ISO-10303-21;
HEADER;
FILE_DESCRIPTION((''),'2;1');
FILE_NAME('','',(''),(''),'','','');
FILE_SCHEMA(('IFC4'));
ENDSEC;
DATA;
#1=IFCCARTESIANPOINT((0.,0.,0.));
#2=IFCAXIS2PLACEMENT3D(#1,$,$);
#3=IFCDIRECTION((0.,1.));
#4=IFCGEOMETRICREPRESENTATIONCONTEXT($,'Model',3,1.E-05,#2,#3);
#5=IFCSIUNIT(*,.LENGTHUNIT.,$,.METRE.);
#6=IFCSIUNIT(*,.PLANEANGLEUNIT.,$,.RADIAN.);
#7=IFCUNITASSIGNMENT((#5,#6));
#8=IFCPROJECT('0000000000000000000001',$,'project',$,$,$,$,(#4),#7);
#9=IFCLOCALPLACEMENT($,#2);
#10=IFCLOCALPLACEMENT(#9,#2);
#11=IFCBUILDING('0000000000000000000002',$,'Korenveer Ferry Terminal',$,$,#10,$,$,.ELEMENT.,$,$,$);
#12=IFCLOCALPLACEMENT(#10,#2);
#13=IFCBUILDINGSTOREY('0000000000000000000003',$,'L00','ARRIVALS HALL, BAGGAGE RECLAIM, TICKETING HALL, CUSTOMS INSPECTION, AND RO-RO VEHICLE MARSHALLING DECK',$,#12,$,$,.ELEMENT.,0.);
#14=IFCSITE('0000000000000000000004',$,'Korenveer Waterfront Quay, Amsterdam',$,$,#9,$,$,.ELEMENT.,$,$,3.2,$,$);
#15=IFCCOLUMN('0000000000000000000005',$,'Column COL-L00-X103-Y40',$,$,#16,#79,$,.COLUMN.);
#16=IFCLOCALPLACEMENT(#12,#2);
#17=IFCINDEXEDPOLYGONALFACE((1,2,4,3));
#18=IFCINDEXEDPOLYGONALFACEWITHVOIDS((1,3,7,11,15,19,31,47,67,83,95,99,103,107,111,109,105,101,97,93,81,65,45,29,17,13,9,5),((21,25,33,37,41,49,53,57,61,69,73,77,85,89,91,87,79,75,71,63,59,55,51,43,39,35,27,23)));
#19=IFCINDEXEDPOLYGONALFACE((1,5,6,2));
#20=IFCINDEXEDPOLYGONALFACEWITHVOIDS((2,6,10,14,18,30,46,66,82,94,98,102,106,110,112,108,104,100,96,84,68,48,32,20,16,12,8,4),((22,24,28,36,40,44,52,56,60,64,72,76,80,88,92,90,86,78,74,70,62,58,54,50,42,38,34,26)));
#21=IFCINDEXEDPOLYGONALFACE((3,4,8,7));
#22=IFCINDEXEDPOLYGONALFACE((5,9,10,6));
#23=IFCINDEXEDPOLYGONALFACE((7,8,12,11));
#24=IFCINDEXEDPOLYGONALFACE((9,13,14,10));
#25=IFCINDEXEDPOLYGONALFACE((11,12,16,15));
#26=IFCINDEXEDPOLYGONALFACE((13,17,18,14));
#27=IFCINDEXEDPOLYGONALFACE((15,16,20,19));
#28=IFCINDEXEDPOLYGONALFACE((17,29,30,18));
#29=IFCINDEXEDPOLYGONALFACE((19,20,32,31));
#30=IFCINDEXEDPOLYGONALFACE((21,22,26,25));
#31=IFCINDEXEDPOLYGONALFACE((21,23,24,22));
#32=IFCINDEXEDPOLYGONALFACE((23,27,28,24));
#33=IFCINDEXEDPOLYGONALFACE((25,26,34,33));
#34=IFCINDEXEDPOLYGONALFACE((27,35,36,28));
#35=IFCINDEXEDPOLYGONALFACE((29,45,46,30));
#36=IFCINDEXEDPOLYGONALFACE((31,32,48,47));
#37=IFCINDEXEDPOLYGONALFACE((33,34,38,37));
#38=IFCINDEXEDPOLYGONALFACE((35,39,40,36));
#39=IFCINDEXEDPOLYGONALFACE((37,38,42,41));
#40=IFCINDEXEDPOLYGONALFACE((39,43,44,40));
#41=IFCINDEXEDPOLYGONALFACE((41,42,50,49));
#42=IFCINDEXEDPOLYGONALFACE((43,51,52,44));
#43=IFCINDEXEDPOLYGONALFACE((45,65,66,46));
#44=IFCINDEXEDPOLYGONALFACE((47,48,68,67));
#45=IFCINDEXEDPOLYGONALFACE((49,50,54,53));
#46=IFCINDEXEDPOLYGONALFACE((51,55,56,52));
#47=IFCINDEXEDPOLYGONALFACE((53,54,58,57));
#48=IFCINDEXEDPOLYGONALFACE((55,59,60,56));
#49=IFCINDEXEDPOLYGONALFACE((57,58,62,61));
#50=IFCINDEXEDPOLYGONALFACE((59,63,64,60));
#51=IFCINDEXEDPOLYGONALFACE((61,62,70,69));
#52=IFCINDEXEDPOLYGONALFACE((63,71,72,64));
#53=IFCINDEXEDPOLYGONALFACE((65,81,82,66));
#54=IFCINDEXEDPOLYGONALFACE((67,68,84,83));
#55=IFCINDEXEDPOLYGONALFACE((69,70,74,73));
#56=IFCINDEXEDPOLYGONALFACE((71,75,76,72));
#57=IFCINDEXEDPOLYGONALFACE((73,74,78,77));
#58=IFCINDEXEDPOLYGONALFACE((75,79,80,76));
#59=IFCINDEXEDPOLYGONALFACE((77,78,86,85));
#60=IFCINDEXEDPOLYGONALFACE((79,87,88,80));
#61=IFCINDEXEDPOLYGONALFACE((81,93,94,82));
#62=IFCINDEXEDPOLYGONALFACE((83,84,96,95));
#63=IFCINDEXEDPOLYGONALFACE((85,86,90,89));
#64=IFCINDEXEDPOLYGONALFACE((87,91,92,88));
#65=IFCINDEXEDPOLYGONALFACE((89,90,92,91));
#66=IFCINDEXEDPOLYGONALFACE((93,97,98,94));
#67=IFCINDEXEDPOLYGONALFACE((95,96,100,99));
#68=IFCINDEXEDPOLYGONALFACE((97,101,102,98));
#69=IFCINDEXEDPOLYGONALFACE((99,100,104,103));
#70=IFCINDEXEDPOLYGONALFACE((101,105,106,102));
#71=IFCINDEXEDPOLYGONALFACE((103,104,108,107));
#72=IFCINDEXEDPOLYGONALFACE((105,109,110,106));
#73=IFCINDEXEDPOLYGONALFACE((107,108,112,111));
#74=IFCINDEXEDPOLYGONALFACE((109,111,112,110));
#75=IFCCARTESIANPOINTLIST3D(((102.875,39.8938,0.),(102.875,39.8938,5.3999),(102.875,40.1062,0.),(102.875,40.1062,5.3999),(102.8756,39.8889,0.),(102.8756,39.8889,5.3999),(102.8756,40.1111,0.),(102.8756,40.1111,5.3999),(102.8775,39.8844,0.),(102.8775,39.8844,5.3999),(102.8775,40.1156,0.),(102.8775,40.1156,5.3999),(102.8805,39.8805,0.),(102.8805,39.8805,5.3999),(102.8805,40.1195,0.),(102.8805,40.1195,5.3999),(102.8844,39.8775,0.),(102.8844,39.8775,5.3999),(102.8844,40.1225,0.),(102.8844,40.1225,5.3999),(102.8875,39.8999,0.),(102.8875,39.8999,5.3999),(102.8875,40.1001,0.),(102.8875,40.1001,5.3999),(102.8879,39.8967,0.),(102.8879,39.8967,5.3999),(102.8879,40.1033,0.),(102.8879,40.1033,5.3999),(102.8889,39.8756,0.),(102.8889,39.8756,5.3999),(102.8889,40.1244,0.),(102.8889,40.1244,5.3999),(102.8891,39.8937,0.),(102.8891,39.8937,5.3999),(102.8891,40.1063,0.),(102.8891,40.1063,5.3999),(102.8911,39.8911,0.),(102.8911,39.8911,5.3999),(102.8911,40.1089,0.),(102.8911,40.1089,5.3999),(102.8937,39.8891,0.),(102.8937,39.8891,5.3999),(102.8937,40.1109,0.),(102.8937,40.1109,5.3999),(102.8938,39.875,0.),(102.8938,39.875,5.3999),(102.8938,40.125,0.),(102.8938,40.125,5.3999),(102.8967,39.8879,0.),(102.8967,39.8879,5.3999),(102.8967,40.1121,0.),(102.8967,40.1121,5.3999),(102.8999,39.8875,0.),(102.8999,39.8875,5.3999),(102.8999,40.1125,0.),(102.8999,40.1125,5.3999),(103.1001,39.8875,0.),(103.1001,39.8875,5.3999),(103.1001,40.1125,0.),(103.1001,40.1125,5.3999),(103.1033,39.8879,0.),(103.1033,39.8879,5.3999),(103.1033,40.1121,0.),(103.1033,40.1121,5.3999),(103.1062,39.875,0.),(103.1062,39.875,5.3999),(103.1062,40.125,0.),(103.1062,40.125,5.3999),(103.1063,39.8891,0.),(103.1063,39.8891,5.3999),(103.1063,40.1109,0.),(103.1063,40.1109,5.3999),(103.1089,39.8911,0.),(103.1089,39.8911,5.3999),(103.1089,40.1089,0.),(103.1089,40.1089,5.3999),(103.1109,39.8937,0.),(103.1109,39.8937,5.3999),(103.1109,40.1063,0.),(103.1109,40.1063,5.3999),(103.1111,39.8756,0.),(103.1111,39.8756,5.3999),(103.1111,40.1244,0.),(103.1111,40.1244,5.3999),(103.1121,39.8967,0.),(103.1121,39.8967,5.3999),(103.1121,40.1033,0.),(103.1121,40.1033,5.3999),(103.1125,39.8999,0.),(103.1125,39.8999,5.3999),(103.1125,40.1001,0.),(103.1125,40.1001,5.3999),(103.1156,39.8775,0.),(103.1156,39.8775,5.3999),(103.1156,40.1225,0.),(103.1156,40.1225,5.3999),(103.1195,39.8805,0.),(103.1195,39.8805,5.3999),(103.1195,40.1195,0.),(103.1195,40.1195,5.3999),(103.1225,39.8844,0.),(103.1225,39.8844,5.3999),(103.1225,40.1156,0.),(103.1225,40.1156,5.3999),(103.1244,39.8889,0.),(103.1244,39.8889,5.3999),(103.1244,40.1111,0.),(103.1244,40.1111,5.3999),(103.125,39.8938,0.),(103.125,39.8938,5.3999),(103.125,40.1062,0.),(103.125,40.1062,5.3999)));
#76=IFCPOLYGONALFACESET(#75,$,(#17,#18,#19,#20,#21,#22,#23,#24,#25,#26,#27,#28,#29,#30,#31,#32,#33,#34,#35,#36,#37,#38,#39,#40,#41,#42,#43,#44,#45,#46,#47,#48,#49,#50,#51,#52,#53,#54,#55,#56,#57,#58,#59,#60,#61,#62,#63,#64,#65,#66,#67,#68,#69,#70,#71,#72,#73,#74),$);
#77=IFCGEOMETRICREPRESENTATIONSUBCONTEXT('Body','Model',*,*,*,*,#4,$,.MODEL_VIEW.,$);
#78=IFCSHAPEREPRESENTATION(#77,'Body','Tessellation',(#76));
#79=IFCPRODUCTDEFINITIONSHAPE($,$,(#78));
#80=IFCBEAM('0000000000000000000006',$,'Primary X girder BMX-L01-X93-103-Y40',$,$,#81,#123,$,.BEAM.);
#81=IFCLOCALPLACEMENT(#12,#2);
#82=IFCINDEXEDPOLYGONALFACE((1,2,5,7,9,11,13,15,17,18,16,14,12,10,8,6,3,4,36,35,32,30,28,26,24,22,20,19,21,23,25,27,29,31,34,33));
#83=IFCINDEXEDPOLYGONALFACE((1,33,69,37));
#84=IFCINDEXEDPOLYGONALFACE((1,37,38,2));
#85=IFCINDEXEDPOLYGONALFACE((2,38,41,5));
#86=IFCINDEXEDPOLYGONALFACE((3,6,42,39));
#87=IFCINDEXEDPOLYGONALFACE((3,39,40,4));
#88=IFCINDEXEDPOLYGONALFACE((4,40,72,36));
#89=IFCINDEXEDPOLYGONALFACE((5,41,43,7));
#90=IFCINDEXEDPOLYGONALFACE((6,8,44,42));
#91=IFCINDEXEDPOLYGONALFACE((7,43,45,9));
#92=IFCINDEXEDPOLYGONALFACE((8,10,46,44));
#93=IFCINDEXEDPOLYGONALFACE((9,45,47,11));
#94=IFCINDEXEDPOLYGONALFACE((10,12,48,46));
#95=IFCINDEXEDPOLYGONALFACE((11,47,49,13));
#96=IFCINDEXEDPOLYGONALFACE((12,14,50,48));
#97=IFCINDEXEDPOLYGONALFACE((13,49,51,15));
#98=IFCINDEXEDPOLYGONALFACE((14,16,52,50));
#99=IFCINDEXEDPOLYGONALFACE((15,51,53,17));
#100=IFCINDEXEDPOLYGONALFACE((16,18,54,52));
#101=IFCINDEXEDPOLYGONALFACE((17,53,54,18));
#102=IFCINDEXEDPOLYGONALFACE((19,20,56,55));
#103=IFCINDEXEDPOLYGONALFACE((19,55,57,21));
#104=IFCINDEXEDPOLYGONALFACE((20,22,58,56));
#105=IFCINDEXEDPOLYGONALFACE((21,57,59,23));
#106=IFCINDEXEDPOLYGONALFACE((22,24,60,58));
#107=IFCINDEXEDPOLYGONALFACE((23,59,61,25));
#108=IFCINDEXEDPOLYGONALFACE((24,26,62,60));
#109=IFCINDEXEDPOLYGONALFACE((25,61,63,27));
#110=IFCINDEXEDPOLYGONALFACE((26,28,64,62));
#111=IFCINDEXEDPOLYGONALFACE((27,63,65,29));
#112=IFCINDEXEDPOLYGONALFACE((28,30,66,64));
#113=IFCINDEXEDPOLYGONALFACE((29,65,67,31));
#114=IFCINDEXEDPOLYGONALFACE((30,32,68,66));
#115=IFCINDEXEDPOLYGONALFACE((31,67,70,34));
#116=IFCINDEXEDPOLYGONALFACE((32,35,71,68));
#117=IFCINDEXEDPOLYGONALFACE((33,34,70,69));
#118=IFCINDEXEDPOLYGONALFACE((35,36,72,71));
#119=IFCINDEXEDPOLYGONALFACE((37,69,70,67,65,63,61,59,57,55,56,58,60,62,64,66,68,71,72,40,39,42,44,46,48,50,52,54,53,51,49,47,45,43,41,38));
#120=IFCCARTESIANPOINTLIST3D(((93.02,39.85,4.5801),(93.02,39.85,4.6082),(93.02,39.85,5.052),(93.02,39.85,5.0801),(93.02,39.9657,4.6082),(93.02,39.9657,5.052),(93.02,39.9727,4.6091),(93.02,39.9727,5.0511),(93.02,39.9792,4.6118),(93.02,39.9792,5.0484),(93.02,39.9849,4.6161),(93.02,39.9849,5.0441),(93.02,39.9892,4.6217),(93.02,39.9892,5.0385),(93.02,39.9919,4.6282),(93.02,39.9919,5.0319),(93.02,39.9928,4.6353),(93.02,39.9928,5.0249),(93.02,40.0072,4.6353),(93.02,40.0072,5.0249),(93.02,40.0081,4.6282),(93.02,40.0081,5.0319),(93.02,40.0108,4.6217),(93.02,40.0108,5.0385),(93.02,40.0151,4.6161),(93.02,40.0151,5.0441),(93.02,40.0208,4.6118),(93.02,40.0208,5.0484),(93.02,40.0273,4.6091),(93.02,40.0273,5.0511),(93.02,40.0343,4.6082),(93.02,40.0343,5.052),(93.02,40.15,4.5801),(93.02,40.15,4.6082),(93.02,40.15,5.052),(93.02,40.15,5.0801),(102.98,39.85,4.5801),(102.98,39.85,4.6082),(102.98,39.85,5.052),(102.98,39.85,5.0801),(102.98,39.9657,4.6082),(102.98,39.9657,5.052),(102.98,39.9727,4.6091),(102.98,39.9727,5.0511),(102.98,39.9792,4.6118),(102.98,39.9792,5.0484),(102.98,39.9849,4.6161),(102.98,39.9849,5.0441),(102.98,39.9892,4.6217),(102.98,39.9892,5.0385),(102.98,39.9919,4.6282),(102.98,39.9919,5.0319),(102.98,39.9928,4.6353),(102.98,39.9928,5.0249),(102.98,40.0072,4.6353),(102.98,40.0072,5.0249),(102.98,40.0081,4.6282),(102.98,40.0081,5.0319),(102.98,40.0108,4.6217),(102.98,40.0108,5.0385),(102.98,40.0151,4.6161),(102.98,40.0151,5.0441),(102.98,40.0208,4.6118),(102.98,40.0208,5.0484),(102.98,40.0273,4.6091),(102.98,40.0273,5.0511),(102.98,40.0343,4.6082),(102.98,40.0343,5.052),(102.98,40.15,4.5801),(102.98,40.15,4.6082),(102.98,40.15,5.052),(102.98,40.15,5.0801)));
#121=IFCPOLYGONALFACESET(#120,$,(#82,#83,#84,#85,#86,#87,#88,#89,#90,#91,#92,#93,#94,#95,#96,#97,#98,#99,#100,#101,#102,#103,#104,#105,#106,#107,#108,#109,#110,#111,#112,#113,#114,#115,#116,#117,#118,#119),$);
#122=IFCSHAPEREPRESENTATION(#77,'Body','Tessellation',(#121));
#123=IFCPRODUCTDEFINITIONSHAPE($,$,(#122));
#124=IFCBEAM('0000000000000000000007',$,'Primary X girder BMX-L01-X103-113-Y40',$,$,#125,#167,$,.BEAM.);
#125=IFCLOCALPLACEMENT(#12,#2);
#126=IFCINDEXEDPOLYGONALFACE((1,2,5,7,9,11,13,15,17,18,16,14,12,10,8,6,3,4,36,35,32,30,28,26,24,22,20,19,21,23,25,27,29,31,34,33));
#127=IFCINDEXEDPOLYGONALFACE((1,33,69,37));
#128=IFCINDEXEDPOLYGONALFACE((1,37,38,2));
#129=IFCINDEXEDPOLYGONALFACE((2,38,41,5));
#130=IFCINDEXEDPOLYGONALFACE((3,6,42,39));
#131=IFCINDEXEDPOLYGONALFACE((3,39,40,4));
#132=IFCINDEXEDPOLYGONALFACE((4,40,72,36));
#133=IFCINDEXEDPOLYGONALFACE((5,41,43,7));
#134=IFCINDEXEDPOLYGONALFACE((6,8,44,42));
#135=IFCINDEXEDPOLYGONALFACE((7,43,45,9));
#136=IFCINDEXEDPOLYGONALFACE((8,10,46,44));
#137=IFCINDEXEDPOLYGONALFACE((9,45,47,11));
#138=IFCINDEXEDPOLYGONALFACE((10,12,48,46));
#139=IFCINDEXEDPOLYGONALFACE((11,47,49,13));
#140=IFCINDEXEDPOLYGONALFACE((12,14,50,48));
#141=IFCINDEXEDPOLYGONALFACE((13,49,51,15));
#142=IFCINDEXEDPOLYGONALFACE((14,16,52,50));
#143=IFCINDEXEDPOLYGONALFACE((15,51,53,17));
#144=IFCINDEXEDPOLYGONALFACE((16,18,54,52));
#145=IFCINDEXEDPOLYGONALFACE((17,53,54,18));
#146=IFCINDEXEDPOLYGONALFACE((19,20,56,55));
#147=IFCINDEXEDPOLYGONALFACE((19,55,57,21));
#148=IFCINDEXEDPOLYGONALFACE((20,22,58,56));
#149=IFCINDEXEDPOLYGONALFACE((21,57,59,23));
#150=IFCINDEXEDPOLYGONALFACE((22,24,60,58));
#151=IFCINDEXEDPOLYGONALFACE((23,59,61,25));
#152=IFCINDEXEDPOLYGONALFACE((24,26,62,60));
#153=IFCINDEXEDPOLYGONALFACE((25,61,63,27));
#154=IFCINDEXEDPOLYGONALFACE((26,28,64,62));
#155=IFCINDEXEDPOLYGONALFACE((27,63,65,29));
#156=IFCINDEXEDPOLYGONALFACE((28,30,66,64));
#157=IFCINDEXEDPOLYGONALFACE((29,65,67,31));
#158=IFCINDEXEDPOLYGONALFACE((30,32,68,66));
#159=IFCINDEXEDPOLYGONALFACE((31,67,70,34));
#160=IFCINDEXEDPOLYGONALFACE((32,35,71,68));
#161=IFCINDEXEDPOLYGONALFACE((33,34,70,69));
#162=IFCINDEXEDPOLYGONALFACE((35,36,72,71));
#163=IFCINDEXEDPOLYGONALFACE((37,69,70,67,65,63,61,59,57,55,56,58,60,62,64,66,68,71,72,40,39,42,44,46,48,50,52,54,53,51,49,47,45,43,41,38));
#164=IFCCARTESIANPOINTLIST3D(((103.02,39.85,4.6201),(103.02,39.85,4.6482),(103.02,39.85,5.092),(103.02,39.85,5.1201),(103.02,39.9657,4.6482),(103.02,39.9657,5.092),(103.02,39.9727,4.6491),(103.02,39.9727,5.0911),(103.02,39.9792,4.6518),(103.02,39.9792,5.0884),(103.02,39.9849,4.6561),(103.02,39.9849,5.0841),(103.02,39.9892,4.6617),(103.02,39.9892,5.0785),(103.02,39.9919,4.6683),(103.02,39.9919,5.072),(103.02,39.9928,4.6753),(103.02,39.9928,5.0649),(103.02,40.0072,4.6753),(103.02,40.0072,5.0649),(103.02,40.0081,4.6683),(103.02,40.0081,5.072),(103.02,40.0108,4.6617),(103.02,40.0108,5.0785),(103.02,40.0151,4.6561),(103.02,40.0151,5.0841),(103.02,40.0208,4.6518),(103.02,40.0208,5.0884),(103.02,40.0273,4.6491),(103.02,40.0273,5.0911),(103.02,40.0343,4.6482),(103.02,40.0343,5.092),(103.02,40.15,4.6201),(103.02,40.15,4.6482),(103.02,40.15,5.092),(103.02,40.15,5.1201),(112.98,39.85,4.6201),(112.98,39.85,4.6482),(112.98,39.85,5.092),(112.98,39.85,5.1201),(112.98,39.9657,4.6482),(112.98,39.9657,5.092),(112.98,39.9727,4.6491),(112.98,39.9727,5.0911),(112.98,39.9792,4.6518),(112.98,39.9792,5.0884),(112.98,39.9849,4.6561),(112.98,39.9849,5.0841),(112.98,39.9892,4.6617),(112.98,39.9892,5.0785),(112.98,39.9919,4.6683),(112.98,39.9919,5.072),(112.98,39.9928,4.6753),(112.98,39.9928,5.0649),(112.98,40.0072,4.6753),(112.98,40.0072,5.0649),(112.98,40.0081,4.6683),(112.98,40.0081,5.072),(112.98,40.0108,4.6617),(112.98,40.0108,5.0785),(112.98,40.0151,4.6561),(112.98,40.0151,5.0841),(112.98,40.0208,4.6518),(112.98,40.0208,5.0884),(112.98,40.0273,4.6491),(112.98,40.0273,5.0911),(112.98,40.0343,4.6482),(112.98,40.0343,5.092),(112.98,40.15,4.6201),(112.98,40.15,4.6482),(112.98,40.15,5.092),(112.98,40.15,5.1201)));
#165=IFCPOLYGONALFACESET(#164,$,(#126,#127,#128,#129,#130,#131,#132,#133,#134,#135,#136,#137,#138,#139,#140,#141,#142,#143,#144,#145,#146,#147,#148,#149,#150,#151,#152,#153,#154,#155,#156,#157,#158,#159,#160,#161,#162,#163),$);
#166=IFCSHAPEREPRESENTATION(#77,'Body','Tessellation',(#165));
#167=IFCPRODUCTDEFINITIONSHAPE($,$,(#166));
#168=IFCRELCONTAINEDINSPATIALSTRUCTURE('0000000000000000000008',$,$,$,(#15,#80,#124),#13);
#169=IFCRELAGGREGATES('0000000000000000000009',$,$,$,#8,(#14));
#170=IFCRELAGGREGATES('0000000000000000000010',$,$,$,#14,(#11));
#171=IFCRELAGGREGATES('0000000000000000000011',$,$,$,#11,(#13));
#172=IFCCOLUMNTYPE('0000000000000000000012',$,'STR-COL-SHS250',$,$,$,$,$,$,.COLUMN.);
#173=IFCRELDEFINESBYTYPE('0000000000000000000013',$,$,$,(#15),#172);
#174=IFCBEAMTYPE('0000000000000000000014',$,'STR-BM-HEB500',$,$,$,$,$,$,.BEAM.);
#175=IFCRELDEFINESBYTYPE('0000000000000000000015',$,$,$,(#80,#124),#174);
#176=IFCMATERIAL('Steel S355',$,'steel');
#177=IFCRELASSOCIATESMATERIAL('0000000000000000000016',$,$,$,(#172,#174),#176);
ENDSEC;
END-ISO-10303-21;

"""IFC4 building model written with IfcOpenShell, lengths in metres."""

from ifc_helpers import new_model, si_unit, direction, frame, origin, origin_2d, place, context, subcontext, project, spatial, hollow_rectangle, i_section, extrude, material, material_profile, profile_set, type_object, element, save


model = new_model("IFC4")

# Units and contexts
model_context = context("Model", 3, precision=1e-05, world=origin(), true_north=direction((0.0, 1.0)))
body_context = subcontext(model_context, "Body", "Model", "MODEL_VIEW")
ifc_project = project(units=[si_unit("LENGTHUNIT", "METRE"), si_unit("PLANEANGLEUNIT", "RADIAN")], contexts=[model_context])

# Site, building, storey
site_placement = place(None, origin())
site = spatial("IfcSite", under=ifc_project, at=site_placement, Name="Korenveer Waterfront Quay, Amsterdam", CompositionType="ELEMENT", RefElevation=3.2)
building_placement = place(site_placement, origin())
building = spatial("IfcBuilding", under=site, at=building_placement, Name="Korenveer Ferry Terminal", CompositionType="ELEMENT")
storey_placement = place(building_placement, origin())
storey = spatial("IfcBuildingStorey", under=building, at=storey_placement, Name="L00", Description="ARRIVALS HALL, BAGGAGE RECLAIM, TICKETING HALL, CUSTOMS INSPECTION, AND RO-RO VEHICLE MARSHALLING DECK", CompositionType="ELEMENT", Elevation=0.0)

# Column
ifc_material_1 = material(Name="Steel S355", Category="steel")
ifc_material_profile_1 = material_profile(ifc_material_1, hollow_rectangle(XDim=0.25, YDim=0.25, WallThickness=0.0125, InnerFilletRadius=0.0125, OuterFilletRadius=0.0188, at=origin_2d()), Name="SHS 250x250x12.5")
ifc_profile_set_1 = profile_set([ifc_material_profile_1], Name="Steel S355")
column_type = type_object("IfcColumnType", Name="STR-COL-SHS250", PredefinedType="COLUMN", material=ifc_profile_set_1)
for number, where, z_axis, x_axis, name in (
    (1, (103.0, 40.0, 0.0), (0.0, 0.0, 1.0), (1.0, 0.0, 0.0), "Column COL-L00-X103-Y40"),
):
    element("IfcColumn", number, at=place(storey_placement, frame(where, z_axis=z_axis, x_axis=x_axis)), inside=storey, type_object=column_type, Name=name, PredefinedType="COLUMN", context=body_context, shape_type="SweptSolid", body=[
        extrude(hollow_rectangle(XDim=0.25, YDim=0.25, WallThickness=0.0125, InnerFilletRadius=0.0125, OuterFilletRadius=0.0188, at=origin_2d()), origin(), (0.0, 0.0, 1.0), 5.3999),
    ])

# Beams
ifc_material_profile_2 = material_profile(ifc_material_1, i_section(OverallWidth=0.3, OverallDepth=0.5, WebThickness=0.0144, FlangeThickness=0.0281, FilletRadius=0.0271, at=origin_2d()), Name="HEB 500")
ifc_profile_set_2 = profile_set([ifc_material_profile_2], Name="Steel S355")
beam_type_1 = type_object("IfcBeamType", Name="STR-BM-HEB500", PredefinedType="BEAM", material=ifc_profile_set_2)
for number, where, z_axis, x_axis, name in (
    (2, (93.02, 40.0, 4.8301), (1.0, 0.0, 0.0), (0.0, 1.0, 0.0), "Primary X girder BMX-L01-X93-103-Y40"),
    (3, (103.02, 40.0, 4.8701), (1.0, 0.0, 0.0), (0.0, 1.0, 0.0), "Primary X girder BMX-L01-X103-113-Y40"),
):
    element("IfcBeam", number, at=place(storey_placement, frame(where, z_axis=z_axis, x_axis=x_axis)), inside=storey, type_object=beam_type_1, Name=name, PredefinedType="BEAM", context=body_context, shape_type="SweptSolid", body=[
        extrude(i_section(OverallWidth=0.3, OverallDepth=0.5, WebThickness=0.0144, FlangeThickness=0.0281, FilletRadius=0.0271, at=origin_2d()), origin(), (0.0, 0.0, 1.0), 9.96),
    ])

save(model, "model.ifc")
